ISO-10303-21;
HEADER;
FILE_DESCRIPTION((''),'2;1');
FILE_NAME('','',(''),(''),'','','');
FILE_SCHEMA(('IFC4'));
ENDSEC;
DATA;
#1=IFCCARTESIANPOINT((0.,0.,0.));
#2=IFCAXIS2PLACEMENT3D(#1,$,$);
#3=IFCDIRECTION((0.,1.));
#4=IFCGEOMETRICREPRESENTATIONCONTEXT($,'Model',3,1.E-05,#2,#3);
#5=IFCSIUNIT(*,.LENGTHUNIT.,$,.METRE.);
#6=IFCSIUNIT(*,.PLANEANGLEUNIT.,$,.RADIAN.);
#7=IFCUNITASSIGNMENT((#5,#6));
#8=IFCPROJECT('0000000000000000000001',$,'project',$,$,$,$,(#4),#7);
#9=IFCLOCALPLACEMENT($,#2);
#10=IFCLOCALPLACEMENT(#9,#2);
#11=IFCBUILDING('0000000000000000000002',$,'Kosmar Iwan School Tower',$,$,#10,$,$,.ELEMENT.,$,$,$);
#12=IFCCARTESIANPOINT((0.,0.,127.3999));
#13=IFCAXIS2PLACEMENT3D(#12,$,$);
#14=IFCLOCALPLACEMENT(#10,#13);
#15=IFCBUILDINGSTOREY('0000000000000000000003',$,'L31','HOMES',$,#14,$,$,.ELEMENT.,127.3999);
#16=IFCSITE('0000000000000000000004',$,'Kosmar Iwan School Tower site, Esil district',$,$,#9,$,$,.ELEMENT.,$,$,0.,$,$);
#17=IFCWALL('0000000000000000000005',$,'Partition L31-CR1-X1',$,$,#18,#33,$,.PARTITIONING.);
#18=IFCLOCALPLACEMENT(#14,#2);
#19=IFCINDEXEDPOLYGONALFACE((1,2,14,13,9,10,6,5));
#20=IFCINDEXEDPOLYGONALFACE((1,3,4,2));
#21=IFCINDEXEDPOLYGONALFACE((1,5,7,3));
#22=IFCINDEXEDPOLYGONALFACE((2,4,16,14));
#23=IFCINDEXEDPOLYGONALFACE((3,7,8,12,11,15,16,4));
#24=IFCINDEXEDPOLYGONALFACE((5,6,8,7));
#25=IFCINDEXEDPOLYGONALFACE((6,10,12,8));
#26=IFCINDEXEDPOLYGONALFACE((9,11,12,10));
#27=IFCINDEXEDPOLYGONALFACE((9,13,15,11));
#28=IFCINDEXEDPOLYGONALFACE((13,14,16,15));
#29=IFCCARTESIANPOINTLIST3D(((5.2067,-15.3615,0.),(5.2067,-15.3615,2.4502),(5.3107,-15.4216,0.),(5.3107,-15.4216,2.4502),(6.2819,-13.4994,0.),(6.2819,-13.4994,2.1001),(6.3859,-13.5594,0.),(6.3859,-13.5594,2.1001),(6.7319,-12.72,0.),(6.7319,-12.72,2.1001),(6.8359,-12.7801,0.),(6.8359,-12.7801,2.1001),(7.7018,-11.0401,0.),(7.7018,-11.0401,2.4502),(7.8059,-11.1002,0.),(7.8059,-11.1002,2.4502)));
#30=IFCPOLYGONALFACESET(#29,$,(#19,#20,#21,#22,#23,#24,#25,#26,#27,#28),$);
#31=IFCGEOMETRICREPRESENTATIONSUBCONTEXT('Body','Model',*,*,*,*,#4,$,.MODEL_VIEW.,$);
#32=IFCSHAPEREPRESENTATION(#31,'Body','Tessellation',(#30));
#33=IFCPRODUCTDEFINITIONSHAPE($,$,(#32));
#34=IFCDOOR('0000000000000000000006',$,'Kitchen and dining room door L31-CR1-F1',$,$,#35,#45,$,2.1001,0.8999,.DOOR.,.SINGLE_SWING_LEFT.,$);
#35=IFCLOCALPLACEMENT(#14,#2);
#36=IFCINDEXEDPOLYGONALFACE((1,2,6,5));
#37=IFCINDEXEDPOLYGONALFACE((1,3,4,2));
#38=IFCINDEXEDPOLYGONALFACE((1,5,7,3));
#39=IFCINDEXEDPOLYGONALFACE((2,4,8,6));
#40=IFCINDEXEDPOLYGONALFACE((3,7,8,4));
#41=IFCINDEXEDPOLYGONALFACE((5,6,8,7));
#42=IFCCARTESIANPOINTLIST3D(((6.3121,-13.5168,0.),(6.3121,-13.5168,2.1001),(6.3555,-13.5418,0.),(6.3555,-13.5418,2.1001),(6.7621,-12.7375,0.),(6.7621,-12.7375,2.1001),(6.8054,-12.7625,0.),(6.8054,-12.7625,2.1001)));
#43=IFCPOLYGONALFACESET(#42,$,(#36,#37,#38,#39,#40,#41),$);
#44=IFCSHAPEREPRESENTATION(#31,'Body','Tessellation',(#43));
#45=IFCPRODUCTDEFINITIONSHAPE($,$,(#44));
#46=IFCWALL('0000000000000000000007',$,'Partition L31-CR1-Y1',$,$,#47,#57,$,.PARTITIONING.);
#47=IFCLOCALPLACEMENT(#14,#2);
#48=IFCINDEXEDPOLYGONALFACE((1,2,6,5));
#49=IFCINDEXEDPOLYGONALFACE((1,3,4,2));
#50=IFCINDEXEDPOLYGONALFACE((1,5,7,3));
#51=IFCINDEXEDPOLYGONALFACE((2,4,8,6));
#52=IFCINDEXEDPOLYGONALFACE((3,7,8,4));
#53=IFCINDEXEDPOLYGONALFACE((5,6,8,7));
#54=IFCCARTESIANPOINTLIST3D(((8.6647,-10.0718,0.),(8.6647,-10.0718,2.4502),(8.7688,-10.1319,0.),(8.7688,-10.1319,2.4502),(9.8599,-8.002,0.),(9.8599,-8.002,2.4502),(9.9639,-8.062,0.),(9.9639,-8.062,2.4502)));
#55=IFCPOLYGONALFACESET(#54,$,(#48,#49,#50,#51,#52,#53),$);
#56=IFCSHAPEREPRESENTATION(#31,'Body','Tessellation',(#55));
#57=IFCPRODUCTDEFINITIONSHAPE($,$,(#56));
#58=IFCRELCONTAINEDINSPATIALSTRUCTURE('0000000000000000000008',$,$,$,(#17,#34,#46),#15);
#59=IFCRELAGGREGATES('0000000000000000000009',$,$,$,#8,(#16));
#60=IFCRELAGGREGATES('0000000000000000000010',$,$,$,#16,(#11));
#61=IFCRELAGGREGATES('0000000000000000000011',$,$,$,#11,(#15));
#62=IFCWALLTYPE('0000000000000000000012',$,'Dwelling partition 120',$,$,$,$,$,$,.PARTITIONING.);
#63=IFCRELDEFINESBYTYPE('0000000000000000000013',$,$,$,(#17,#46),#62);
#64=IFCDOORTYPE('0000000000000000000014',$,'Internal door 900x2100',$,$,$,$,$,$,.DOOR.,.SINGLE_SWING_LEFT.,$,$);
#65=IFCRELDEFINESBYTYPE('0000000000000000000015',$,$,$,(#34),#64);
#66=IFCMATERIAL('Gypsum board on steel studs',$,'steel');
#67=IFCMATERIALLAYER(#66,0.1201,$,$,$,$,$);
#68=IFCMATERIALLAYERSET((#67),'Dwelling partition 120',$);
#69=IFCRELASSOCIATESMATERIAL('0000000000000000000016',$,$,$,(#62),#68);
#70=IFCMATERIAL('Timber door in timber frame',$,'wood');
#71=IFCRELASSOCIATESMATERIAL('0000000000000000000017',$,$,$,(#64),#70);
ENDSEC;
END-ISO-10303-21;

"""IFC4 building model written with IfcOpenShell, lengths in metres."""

from ifc_helpers import new_model, si_unit, direction, frame, frame_2d, origin, place, context, subcontext, project, spatial, rectangle, extrude, material, layer, layer_set, type_object, element, fill, save


model = new_model("IFC4")

# Units and contexts
model_context = context("Model", 3, precision=1e-05, world=origin(), true_north=direction((0.0, 1.0)))
body_context = subcontext(model_context, "Body", "Model", "MODEL_VIEW")
ifc_project = project(units=[si_unit("LENGTHUNIT", "METRE"), si_unit("PLANEANGLEUNIT", "RADIAN")], contexts=[model_context])

# Site, building, storey
site_placement = place(None, origin())
site = spatial("IfcSite", under=ifc_project, at=site_placement, Name="Kosmar Iwan School Tower site, Esil district", CompositionType="ELEMENT", RefElevation=0.0)
building_placement = place(site_placement, origin())
building = spatial("IfcBuilding", under=site, at=building_placement, Name="Kosmar Iwan School Tower", CompositionType="ELEMENT")
storey_placement = place(building_placement, frame((0.0, 0.0, 127.3999)))
storey = spatial("IfcBuildingStorey", under=building, at=storey_placement, Name="L31", Description="HOMES", CompositionType="ELEMENT", Elevation=127.3999)

# Shared definitions
ifc_material_1 = material(Name="Gypsum board on steel studs", Category="steel")
ifc_layer = layer(ifc_material_1, 0.1201)
ifc_layer_set = layer_set([ifc_layer], Name="Dwelling partition 120")
wall_type = type_object("IfcWallType", Name="Dwelling partition 120", PredefinedType="PARTITIONING", material=ifc_layer_set)
ifc_material_2 = material(Name="Timber door in timber frame", Category="wood")
door_type_1 = type_object("IfcDoorType", Name="Internal door 900x2100", OperationType="SINGLE_SWING_LEFT", PredefinedType="DOOR", material=ifc_material_2)

# Wall, opening, door
wall_1_placement = place(storey_placement, frame((7.7539, -11.0701, 0.0), z_axis=(0.0, 0.0, 1.0), x_axis=(-0.500033, -0.866006, 0.0)))
wall_1 = element("IfcWall", 1, at=wall_1_placement, inside=storey, type_object=wall_type, Name="Partition L31-CR1-X1", PredefinedType="PARTITIONING", context=body_context, shape_type="SweptSolid", body=[
    extrude(rectangle(XDim=4.99, YDim=0.1201, at=frame_2d((2.4951, 0.0))), origin(), (0.0, 0.0, 1.0), 2.4502),
])
opening_1_placement = place(wall_1_placement, frame((1.9399, 0.0, 0.0)))
opening_1 = element("IfcOpeningElement", 2, at=opening_1_placement, cuts=wall_1, PredefinedType="OPENING", context=body_context, shape_type="SweptSolid", body=[
    extrude(rectangle(XDim=0.8999, YDim=2.1001, at=frame_2d((0.45, 1.05))), frame((0.0, 0.072, 0.0), z_axis=(0.0, -1.0, 0.0), x_axis=(1.0, 0.0, 0.0)), (0.0, 0.0, 1.0), 0.144),
])
door_1_placement = place(opening_1_placement, origin())
door_1 = element("IfcDoor", 3, at=door_1_placement, inside=storey, type_object=door_type_1, Name="Kitchen and dining room door L31-CR1-F1", OperationType="SINGLE_SWING_LEFT", OverallHeight=2.1001, OverallWidth=0.8999, PredefinedType="DOOR", context=body_context, shape_type="SweptSolid", body=[
    extrude(rectangle(XDim=0.8999, YDim=2.1001, at=frame_2d((0.45, 1.05))), frame((0.0, 0.0249, 0.0), z_axis=(0.0, -1.0, 0.0), x_axis=(1.0, 0.0, 0.0)), (0.0, 0.0, 1.0), 0.05),
])
fill(opening_1, door_1)

# Wall
wall_2_placement = place(storey_placement, frame((9.9119, -8.032, 0.0), z_axis=(0.0, 0.0, 1.0), x_axis=(-0.500017, -0.866015, 0.0)))
element("IfcWall", 4, at=wall_2_placement, inside=storey, type_object=wall_type, Name="Partition L31-CR1-Y1", PredefinedType="PARTITIONING", context=body_context, shape_type="SweptSolid", body=[
    extrude(rectangle(XDim=2.3901, YDim=0.1201, at=frame_2d((1.1951, 0.0))), origin(), (0.0, 0.0, 1.0), 2.4502),
])

save(model, "model.ifc")
